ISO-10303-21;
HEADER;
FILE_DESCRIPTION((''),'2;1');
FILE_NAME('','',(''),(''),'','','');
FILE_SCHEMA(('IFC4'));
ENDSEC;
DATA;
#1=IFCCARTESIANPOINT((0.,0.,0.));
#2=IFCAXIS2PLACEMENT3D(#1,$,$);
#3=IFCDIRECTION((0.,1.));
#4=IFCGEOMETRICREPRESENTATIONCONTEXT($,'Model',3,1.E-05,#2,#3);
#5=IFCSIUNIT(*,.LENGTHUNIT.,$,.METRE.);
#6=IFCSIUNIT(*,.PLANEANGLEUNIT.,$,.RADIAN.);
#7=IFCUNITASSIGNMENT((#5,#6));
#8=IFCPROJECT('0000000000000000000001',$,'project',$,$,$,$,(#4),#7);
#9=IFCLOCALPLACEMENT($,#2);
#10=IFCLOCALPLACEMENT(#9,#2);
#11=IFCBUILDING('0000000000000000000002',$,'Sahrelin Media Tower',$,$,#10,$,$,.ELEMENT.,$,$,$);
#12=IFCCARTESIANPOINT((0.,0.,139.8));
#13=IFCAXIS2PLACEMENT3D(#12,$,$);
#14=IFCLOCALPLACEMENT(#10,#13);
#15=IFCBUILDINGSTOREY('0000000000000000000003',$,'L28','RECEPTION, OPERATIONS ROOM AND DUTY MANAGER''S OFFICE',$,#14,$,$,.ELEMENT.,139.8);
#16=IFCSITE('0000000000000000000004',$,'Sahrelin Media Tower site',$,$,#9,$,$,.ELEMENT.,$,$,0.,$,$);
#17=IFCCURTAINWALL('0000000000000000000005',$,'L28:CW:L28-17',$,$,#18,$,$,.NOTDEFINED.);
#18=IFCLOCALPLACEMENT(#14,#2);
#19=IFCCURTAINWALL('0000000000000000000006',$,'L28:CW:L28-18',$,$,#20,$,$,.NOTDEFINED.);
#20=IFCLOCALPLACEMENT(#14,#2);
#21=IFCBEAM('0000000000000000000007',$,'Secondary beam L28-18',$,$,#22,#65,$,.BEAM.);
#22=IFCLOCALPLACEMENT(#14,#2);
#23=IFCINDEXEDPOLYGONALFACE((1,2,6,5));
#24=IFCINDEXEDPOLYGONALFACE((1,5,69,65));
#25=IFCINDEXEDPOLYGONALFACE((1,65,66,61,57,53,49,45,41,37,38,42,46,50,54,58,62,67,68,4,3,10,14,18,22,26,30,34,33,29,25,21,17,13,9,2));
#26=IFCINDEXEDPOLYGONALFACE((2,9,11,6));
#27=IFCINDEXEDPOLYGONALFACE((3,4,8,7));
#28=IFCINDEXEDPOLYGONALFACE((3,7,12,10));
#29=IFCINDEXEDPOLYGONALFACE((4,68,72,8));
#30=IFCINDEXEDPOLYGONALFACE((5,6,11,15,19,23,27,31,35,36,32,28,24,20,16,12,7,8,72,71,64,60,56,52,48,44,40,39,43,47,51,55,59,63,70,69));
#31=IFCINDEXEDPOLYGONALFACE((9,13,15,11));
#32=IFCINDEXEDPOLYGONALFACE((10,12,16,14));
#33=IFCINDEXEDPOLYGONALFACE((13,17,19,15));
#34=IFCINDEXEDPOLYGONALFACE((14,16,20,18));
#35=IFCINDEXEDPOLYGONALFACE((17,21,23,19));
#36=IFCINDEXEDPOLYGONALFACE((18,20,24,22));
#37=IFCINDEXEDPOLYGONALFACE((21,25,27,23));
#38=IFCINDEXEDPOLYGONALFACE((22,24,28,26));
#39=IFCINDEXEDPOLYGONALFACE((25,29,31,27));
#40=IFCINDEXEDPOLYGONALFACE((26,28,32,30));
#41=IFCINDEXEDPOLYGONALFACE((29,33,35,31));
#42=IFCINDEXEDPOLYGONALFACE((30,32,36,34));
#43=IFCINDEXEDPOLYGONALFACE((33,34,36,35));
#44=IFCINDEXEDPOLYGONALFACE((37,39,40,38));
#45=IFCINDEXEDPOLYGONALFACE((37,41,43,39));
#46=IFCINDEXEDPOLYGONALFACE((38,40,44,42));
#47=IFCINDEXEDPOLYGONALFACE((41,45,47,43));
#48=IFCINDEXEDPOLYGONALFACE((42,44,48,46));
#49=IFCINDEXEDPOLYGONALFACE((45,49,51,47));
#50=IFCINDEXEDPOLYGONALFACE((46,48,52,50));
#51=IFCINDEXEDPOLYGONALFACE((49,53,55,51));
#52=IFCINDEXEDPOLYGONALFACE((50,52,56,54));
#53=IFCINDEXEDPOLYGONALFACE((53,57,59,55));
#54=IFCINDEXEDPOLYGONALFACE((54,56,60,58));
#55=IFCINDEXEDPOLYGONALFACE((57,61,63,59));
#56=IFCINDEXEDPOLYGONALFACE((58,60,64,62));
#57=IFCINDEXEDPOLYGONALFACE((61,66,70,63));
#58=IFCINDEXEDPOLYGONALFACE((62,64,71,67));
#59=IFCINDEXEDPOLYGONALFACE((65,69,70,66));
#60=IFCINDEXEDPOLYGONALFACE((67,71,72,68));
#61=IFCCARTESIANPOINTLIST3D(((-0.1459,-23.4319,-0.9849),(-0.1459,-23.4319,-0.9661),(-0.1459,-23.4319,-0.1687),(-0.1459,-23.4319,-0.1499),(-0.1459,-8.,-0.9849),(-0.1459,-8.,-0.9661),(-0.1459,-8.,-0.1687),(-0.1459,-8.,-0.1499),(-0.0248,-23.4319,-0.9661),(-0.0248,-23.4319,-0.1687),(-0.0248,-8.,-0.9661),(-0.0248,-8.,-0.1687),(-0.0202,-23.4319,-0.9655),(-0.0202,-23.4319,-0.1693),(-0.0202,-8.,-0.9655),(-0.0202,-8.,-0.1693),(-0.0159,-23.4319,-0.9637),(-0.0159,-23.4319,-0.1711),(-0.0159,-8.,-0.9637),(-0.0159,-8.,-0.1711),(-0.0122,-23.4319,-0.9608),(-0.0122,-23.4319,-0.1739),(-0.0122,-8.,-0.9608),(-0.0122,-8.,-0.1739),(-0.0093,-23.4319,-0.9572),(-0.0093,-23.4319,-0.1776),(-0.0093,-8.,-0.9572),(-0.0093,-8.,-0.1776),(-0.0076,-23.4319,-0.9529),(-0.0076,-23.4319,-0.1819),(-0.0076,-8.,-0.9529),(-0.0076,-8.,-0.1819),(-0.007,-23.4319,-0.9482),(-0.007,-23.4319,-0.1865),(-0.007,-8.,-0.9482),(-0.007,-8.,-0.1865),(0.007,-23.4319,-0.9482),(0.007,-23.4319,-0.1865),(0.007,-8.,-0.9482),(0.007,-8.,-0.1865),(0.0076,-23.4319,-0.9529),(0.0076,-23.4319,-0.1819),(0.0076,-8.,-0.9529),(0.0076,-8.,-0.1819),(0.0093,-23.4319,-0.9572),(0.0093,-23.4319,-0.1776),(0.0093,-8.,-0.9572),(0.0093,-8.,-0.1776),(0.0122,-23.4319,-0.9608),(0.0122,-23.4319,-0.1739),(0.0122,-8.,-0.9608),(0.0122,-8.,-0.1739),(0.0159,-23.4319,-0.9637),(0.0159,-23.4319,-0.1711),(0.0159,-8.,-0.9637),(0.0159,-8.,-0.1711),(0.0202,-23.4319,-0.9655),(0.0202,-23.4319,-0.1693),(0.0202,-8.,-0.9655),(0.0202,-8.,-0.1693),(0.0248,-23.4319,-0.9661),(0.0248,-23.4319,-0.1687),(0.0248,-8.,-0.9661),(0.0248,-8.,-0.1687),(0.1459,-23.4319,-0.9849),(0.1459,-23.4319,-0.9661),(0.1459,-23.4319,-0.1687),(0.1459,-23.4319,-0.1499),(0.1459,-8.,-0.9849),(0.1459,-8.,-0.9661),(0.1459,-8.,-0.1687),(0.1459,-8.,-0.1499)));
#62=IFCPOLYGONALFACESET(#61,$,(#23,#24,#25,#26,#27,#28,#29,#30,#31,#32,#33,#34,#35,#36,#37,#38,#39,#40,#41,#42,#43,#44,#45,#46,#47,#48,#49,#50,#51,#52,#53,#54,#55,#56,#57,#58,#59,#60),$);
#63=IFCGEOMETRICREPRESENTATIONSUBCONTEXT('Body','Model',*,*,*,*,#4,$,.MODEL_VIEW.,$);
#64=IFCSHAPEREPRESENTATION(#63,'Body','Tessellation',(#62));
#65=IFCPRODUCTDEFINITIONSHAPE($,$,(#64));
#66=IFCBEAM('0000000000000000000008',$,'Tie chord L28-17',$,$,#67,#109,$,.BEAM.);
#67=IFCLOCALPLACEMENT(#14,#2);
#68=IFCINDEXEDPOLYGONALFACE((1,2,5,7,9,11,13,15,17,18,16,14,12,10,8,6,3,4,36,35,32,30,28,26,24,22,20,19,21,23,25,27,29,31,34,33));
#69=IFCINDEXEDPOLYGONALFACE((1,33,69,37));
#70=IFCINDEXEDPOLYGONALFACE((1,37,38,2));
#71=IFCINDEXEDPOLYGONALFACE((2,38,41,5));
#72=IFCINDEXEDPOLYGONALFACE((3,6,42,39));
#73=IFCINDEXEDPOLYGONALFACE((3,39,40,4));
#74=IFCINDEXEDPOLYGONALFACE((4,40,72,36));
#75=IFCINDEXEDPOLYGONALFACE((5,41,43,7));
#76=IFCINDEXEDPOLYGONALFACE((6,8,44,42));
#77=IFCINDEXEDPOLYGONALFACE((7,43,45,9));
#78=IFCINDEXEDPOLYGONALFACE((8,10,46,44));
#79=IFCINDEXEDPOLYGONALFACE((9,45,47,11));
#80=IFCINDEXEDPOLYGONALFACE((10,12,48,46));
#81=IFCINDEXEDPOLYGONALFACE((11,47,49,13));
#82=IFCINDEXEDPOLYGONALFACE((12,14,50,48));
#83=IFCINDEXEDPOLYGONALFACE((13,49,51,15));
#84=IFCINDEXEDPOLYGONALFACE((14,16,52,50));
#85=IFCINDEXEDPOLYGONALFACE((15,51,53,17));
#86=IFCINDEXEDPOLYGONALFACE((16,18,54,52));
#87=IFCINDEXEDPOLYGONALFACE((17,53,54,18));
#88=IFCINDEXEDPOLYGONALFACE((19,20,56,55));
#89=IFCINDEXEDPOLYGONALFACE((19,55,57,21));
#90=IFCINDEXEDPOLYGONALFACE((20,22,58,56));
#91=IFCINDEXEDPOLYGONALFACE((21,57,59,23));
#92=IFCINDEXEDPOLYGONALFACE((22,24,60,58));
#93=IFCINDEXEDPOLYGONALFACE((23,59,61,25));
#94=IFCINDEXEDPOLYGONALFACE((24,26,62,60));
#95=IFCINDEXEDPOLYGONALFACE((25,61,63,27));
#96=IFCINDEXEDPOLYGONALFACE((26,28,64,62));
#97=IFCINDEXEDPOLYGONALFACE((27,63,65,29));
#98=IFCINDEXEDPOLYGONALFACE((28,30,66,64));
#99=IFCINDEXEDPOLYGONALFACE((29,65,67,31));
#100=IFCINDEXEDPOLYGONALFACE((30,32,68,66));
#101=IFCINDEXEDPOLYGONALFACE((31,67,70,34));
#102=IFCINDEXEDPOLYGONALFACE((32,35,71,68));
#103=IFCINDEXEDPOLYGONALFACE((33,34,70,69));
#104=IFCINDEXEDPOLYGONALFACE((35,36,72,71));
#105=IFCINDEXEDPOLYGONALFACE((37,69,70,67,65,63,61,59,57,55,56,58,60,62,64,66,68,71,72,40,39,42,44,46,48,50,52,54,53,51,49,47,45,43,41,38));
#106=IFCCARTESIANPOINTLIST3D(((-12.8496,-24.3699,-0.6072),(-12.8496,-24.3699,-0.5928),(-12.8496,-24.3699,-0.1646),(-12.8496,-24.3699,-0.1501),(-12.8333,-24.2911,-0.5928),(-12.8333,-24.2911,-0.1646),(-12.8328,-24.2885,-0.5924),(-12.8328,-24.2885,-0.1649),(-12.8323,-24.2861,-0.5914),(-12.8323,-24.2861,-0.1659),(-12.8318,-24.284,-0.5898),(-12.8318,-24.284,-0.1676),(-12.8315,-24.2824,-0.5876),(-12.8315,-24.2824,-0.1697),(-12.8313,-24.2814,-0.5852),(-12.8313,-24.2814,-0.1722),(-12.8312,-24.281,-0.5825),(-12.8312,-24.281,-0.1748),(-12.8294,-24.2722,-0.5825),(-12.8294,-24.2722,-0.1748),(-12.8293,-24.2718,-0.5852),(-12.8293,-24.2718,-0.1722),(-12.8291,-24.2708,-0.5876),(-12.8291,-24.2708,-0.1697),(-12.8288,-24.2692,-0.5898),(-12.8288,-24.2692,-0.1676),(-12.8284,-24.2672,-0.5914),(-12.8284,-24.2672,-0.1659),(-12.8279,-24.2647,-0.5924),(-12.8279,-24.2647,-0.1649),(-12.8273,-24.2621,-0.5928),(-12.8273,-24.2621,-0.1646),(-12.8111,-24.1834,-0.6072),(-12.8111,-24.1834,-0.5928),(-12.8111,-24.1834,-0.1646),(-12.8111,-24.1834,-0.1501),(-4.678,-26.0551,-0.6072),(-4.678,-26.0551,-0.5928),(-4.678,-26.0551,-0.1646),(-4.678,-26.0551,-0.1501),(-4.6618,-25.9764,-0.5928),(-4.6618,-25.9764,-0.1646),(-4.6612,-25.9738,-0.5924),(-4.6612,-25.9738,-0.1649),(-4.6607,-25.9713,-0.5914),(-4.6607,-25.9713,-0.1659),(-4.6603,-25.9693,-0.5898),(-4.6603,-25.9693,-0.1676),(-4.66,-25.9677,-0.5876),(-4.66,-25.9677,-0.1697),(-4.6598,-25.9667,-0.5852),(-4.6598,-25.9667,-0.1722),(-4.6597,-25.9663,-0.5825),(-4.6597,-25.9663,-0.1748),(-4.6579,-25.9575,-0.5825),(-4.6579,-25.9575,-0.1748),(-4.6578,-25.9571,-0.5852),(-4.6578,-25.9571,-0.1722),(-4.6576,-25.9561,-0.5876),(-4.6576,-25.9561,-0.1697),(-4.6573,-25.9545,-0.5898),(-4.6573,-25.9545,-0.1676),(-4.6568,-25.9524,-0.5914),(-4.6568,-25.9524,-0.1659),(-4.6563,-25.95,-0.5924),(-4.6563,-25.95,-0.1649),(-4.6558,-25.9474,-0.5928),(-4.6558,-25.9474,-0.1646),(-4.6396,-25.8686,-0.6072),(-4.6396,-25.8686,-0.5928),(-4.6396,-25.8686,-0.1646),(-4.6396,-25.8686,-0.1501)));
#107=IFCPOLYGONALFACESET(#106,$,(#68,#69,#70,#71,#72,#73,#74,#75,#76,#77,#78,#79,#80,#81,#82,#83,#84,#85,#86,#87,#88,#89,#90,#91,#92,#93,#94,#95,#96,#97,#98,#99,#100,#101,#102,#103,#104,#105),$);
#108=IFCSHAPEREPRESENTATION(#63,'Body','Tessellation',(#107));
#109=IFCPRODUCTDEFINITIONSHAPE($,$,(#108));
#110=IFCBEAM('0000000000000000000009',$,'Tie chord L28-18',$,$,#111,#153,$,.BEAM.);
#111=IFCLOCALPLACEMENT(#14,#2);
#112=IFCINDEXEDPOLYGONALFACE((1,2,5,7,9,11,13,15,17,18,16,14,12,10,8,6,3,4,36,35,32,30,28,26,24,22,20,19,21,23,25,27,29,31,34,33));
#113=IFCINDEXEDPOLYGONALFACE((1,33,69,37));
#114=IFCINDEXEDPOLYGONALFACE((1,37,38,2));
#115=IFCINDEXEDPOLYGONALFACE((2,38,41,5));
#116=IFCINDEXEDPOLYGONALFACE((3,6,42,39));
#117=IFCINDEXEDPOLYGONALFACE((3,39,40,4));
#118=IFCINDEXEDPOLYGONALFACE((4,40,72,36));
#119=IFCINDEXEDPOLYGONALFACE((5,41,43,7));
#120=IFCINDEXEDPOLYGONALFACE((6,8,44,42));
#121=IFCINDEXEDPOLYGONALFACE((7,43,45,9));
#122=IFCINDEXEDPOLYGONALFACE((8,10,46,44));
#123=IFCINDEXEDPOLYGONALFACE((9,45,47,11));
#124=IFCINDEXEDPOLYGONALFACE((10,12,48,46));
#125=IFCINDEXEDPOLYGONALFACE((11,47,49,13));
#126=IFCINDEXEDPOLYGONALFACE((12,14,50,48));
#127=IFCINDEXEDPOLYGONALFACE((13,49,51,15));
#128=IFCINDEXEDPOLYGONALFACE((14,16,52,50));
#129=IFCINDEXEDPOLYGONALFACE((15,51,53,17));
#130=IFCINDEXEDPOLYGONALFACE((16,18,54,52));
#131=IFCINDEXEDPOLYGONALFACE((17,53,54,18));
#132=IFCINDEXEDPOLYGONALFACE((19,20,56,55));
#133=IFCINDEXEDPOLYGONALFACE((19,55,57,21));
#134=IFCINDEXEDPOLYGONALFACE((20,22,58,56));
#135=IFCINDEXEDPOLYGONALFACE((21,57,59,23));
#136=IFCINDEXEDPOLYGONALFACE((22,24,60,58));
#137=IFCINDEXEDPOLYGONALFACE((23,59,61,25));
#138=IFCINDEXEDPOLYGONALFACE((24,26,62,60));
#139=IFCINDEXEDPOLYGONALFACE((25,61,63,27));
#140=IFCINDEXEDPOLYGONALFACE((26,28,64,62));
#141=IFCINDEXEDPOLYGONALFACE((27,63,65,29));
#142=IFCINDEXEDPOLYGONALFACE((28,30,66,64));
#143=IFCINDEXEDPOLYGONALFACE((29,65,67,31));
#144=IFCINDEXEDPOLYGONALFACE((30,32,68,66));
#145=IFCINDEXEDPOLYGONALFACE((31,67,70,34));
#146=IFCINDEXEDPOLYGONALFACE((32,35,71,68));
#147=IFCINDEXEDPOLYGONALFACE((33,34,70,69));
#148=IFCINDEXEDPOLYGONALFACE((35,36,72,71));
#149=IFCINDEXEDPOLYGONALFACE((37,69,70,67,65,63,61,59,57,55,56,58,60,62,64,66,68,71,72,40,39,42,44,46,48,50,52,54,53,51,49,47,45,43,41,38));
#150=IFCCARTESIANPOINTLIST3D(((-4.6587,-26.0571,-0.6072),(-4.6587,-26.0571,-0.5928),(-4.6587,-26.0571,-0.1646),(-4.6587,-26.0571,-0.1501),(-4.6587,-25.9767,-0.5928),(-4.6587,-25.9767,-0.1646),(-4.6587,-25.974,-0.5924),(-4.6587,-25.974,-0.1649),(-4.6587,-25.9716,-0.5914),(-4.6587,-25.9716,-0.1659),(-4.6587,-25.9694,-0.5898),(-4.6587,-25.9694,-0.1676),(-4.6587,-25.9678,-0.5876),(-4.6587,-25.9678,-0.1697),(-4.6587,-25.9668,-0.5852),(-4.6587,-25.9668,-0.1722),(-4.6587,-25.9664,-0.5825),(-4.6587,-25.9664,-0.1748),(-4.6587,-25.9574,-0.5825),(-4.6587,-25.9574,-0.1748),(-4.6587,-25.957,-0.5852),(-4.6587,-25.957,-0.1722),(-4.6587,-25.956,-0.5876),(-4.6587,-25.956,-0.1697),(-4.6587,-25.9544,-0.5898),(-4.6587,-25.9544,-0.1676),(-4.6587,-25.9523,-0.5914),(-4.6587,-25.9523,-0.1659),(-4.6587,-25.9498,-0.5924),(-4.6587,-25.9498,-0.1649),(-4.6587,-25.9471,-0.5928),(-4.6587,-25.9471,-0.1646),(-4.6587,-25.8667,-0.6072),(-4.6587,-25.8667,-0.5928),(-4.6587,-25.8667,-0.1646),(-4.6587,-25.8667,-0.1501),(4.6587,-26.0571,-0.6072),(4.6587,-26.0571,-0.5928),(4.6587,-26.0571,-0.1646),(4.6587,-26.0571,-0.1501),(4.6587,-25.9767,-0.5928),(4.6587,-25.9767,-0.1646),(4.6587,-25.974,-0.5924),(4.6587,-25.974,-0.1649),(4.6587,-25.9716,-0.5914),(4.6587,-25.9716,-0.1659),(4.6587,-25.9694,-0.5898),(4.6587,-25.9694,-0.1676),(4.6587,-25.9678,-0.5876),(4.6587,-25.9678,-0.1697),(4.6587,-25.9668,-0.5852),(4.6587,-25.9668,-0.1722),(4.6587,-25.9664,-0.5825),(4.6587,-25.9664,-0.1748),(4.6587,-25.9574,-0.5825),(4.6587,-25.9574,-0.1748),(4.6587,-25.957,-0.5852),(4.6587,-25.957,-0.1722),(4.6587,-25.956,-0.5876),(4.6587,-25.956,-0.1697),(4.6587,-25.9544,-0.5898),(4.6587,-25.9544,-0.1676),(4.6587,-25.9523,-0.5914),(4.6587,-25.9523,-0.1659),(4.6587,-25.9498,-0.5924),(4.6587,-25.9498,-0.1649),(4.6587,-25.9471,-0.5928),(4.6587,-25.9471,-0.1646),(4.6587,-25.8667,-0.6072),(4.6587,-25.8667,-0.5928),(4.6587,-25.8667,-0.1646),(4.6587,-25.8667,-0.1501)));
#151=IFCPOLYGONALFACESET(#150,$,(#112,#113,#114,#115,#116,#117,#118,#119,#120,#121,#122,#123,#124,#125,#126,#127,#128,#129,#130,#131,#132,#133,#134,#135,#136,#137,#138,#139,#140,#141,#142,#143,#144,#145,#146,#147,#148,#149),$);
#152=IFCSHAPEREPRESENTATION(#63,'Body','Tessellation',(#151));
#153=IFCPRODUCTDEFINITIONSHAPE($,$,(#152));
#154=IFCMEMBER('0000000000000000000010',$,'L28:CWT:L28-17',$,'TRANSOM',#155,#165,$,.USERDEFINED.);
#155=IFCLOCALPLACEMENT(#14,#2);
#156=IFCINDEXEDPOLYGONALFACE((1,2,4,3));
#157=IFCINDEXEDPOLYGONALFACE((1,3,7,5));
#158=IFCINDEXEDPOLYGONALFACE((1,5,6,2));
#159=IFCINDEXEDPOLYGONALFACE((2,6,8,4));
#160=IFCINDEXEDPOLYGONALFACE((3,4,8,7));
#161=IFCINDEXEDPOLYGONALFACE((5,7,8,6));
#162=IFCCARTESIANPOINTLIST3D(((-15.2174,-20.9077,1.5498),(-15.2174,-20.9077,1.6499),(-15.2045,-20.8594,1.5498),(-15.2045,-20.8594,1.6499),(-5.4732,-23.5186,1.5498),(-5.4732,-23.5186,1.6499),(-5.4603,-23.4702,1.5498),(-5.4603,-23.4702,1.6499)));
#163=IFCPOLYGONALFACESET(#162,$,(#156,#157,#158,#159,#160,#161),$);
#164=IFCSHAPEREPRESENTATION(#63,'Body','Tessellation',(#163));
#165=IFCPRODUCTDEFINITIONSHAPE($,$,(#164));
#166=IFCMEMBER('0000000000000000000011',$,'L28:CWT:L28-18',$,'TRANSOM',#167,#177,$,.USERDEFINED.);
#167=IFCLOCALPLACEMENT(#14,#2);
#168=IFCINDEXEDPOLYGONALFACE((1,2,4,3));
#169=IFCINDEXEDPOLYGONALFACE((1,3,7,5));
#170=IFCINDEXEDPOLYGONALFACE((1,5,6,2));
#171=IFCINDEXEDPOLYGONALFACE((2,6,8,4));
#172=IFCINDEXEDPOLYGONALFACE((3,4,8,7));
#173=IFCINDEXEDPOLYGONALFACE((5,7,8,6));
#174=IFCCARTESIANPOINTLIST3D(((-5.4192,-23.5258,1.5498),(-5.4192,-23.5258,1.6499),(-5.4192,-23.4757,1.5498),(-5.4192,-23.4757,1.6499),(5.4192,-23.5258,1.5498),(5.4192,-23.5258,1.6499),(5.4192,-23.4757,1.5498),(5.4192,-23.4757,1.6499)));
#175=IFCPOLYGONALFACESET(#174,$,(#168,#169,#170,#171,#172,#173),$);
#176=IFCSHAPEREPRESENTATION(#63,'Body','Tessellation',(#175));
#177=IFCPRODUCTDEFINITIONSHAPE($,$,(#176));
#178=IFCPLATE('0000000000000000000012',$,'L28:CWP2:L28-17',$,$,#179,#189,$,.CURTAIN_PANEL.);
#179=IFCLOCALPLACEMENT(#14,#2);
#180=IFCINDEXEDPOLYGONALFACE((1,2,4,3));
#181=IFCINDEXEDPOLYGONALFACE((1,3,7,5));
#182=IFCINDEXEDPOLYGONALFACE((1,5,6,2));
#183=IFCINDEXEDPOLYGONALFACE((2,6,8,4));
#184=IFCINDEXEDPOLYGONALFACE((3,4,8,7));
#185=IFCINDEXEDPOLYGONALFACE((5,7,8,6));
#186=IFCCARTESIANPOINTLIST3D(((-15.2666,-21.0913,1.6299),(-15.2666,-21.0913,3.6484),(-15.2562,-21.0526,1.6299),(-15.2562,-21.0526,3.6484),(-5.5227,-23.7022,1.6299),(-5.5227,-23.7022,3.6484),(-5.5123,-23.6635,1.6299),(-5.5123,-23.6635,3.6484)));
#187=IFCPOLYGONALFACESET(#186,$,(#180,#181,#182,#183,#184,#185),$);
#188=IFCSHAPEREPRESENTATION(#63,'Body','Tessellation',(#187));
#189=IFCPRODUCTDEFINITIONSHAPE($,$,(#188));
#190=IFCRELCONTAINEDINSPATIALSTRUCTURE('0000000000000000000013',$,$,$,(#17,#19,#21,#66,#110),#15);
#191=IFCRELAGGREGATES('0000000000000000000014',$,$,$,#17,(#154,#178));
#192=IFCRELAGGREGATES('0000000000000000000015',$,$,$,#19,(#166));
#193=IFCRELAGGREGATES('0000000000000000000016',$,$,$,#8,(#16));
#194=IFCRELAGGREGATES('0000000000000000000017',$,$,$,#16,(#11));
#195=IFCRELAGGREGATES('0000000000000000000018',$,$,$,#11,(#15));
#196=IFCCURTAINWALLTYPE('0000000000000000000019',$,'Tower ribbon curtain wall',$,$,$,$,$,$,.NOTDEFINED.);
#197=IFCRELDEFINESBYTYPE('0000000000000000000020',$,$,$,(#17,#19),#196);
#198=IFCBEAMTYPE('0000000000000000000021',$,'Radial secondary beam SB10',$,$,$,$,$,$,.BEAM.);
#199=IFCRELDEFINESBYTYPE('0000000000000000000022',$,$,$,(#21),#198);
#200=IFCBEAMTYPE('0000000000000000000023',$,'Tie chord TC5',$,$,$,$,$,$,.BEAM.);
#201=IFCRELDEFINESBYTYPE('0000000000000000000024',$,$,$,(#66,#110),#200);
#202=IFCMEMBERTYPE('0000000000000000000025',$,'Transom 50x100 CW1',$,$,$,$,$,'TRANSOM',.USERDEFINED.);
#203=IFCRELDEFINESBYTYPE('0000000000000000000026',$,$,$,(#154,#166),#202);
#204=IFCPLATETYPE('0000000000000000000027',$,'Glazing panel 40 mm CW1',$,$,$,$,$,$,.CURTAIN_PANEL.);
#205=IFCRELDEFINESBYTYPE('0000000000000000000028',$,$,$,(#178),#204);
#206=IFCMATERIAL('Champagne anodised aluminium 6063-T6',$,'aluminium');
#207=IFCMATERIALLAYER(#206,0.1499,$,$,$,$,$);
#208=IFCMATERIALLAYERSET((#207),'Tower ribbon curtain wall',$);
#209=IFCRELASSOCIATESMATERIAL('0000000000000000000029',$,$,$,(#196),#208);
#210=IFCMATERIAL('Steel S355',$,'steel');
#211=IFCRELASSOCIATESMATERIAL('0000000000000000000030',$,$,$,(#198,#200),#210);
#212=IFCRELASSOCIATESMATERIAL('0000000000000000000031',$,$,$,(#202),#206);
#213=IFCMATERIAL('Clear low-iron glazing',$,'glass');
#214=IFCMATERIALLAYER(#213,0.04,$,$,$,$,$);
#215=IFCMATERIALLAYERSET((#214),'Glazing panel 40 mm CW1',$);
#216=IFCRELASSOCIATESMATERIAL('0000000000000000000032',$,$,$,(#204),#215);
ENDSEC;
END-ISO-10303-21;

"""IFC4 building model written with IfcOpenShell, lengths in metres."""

from ifc_helpers import new_model, si_unit, direction, frame, origin, origin_2d, place, context, subcontext, project, spatial, polyline, rectangle, i_section, outline, extrude, material, layer, layer_set, material_profile, profile_set, type_object, element, aggregate, save


model = new_model("IFC4")

# Units and contexts
model_context = context("Model", 3, precision=1e-05, world=origin(), true_north=direction((0.0, 1.0)))
body_context = subcontext(model_context, "Body", "Model", "MODEL_VIEW")
ifc_project = project(units=[si_unit("LENGTHUNIT", "METRE"), si_unit("PLANEANGLEUNIT", "RADIAN")], contexts=[model_context])

# Site, building, storey
site_placement = place(None, origin())
site = spatial("IfcSite", under=ifc_project, at=site_placement, Name="Sahrelin Media Tower site", CompositionType="ELEMENT", RefElevation=0.0)
building_placement = place(site_placement, origin())
building = spatial("IfcBuilding", under=site, at=building_placement, Name="Sahrelin Media Tower", CompositionType="ELEMENT")
storey_placement = place(building_placement, frame((0.0, 0.0, 139.8)))
storey = spatial("IfcBuildingStorey", under=building, at=storey_placement, Name="L28", Description="RECEPTION, OPERATIONS ROOM AND DUTY MANAGER'S OFFICE", CompositionType="ELEMENT", Elevation=139.8)

# Shared definitions
ifc_material_1 = material(Name="Steel S355", Category="steel")

# Curtain walls
ifc_material_2 = material(Name="Champagne anodised aluminium 6063-T6", Category="aluminium")
ifc_layer_1 = layer(ifc_material_2, 0.1499)
ifc_layer_set_1 = layer_set([ifc_layer_1], Name="Tower ribbon curtain wall")
curtain_wall_type = type_object("IfcCurtainWallType", Name="Tower ribbon curtain wall", PredefinedType="NOTDEFINED", material=ifc_layer_set_1)
curtain_wall_1_placement = place(storey_placement, frame((-10.3894, -22.3772, 0.0), z_axis=(0.0, 0.0, 1.0), x_axis=(1.0, 0.0, 0.0)))
curtain_wall_1 = element("IfcCurtainWall", 1, at=curtain_wall_1_placement, inside=storey, type_object=curtain_wall_type, Name="L28:CW:L28-17", PredefinedType="NOTDEFINED")
curtain_wall_2_placement = place(storey_placement, frame((0.0, -23.6958, 0.0), z_axis=(0.0, 0.0, 1.0), x_axis=(1.0, 0.0, 0.0)))
curtain_wall_2 = element("IfcCurtainWall", 2, at=curtain_wall_2_placement, inside=storey, type_object=curtain_wall_type, Name="L28:CW:L28-18", PredefinedType="NOTDEFINED")

# Beams
ifc_material_profile_1 = material_profile(ifc_material_1, i_section(OverallWidth=0.2917, OverallDepth=0.835, WebThickness=0.0139, FlangeThickness=0.0188, FilletRadius=0.0178, at=origin_2d()), Name="UB 838x292x176")
ifc_profile_set_1 = profile_set([ifc_material_profile_1], Name="Steel S355")
beam_type_1 = type_object("IfcBeamType", Name="Radial secondary beam SB10", PredefinedType="BEAM", material=ifc_profile_set_1)
beam_1_placement = place(storey_placement, frame((0.0, -8.0, -0.5674), z_axis=(0.0, -1.0, 0.0), x_axis=(1.0, 0.0, 0.0)))
element("IfcBeam", 3, at=beam_1_placement, inside=storey, type_object=beam_type_1, Name="Secondary beam L28-18", PredefinedType="BEAM", context=body_context, shape_type="SweptSolid", body=[
    extrude(i_section(OverallWidth=0.2917, OverallDepth=0.835, WebThickness=0.0139, FlangeThickness=0.0188, FilletRadius=0.0178, at=origin_2d()), origin(), (0.0, 0.0, 1.0), 15.4319),
])
ifc_material_profile_2 = material_profile(ifc_material_1, i_section(OverallWidth=0.1904, OverallDepth=0.457, WebThickness=0.009, FlangeThickness=0.0144, FilletRadius=0.0103, at=origin_2d()), Name="UB 457x191x74")
ifc_profile_set_2 = profile_set([ifc_material_profile_2], Name="Steel S355")
beam_type_2 = type_object("IfcBeamType", Name="Tie chord TC5", PredefinedType="BEAM", material=ifc_profile_set_2)
beam_2_placement = place(storey_placement, frame((-12.8303, -24.2766, -0.3787), z_axis=(0.979388, -0.201987, 0.0), x_axis=(0.201987, 0.979388, 0.0)))
element("IfcBeam", 4, at=beam_2_placement, inside=storey, type_object=beam_type_2, Name="Tie chord L28-17", PredefinedType="BEAM", context=body_context, shape_type="SweptSolid", body=[
    extrude(i_section(OverallWidth=0.1904, OverallDepth=0.457, WebThickness=0.009, FlangeThickness=0.0144, FilletRadius=0.0103, at=origin_2d()), origin(), (0.0, 0.0, 1.0), 8.3435),
])
beam_3_placement = place(storey_placement, frame((-4.6587, -25.9619, -0.3787), z_axis=(1.0, 0.0, 0.0), x_axis=(0.0, 1.0, 0.0)))
element("IfcBeam", 5, at=beam_3_placement, inside=storey, type_object=beam_type_2, Name="Tie chord L28-18", PredefinedType="BEAM", context=body_context, shape_type="SweptSolid", body=[
    extrude(i_section(OverallWidth=0.1904, OverallDepth=0.457, WebThickness=0.009, FlangeThickness=0.0144, FilletRadius=0.0103, at=origin_2d()), origin(), (0.0, 0.0, 1.0), 9.3174),
])

# Members
ifc_material_profile_3 = material_profile(ifc_material_2, rectangle(XDim=0.05, YDim=0.1001, at=origin_2d()), Name="Transom 50x100")
ifc_profile_set_3 = profile_set([ifc_material_profile_3], Name="Champagne anodised aluminium 6063-T6")
member_type_1 = type_object("IfcMemberType", Name="Transom 50x100 CW1", ElementType="TRANSOM", PredefinedType="USERDEFINED", material=ifc_profile_set_3)
member_1_placement = place(storey_placement, frame((-15.2109, -20.8835, 1.5999), z_axis=(0.965928, -0.25881, 0.0), x_axis=(0.25881, 0.965928, 0.0)))
member_1 = element("IfcMember", 6, at=member_1_placement, type_object=member_type_1, Name="L28:CWT:L28-17", ObjectType="TRANSOM", PredefinedType="USERDEFINED", context=body_context, shape_type="SweptSolid", body=[
    extrude(rectangle(XDim=0.05, YDim=0.1001, at=origin_2d()), origin(), (0.0, 0.0, 1.0), 10.0879),
])
member_2_placement = place(storey_placement, frame((-5.4192, -23.5007, 1.5999), z_axis=(1.0, 0.0, 0.0), x_axis=(0.0, 1.0, 0.0)))
member_2 = element("IfcMember", 7, at=member_2_placement, type_object=member_type_1, Name="L28:CWT:L28-18", ObjectType="TRANSOM", PredefinedType="USERDEFINED", context=body_context, shape_type="SweptSolid", body=[
    extrude(rectangle(XDim=0.05, YDim=0.1001, at=origin_2d()), origin(), (0.0, 0.0, 1.0), 10.8384),
])

# Plate
ifc_material_3 = material(Name="Clear low-iron glazing", Category="glass")
ifc_layer_2 = layer(ifc_material_3, 0.04)
ifc_layer_set_2 = layer_set([ifc_layer_2], Name="Glazing panel 40 mm CW1")
plate_type_1 = type_object("IfcPlateType", Name="Glazing panel 40 mm CW1", PredefinedType="CURTAIN_PANEL", material=ifc_layer_set_2)
plate_1_placement = place(storey_placement, frame((-15.2666, -21.0913, 1.6299), z_axis=(-0.258816, -0.965927, 0.0), x_axis=(0.965927, -0.258816, 0.0)))
plate_1 = element("IfcPlate", 8, at=plate_1_placement, type_object=plate_type_1, Name="L28:CWP2:L28-17", PredefinedType="CURTAIN_PANEL", context=body_context, shape_type="SweptSolid", body=[
    extrude(outline(polyline([(0.0, 0.0), (10.0876, 0.0), (10.0876, 2.0186), (0.0, 2.0186), (0.0, 0.0)])), origin(), (0.0, 0.0, -1.0), 0.04),
])
aggregate(curtain_wall_1, [member_1, plate_1])
aggregate(curtain_wall_2, [member_2])

save(model, "model.ifc")
